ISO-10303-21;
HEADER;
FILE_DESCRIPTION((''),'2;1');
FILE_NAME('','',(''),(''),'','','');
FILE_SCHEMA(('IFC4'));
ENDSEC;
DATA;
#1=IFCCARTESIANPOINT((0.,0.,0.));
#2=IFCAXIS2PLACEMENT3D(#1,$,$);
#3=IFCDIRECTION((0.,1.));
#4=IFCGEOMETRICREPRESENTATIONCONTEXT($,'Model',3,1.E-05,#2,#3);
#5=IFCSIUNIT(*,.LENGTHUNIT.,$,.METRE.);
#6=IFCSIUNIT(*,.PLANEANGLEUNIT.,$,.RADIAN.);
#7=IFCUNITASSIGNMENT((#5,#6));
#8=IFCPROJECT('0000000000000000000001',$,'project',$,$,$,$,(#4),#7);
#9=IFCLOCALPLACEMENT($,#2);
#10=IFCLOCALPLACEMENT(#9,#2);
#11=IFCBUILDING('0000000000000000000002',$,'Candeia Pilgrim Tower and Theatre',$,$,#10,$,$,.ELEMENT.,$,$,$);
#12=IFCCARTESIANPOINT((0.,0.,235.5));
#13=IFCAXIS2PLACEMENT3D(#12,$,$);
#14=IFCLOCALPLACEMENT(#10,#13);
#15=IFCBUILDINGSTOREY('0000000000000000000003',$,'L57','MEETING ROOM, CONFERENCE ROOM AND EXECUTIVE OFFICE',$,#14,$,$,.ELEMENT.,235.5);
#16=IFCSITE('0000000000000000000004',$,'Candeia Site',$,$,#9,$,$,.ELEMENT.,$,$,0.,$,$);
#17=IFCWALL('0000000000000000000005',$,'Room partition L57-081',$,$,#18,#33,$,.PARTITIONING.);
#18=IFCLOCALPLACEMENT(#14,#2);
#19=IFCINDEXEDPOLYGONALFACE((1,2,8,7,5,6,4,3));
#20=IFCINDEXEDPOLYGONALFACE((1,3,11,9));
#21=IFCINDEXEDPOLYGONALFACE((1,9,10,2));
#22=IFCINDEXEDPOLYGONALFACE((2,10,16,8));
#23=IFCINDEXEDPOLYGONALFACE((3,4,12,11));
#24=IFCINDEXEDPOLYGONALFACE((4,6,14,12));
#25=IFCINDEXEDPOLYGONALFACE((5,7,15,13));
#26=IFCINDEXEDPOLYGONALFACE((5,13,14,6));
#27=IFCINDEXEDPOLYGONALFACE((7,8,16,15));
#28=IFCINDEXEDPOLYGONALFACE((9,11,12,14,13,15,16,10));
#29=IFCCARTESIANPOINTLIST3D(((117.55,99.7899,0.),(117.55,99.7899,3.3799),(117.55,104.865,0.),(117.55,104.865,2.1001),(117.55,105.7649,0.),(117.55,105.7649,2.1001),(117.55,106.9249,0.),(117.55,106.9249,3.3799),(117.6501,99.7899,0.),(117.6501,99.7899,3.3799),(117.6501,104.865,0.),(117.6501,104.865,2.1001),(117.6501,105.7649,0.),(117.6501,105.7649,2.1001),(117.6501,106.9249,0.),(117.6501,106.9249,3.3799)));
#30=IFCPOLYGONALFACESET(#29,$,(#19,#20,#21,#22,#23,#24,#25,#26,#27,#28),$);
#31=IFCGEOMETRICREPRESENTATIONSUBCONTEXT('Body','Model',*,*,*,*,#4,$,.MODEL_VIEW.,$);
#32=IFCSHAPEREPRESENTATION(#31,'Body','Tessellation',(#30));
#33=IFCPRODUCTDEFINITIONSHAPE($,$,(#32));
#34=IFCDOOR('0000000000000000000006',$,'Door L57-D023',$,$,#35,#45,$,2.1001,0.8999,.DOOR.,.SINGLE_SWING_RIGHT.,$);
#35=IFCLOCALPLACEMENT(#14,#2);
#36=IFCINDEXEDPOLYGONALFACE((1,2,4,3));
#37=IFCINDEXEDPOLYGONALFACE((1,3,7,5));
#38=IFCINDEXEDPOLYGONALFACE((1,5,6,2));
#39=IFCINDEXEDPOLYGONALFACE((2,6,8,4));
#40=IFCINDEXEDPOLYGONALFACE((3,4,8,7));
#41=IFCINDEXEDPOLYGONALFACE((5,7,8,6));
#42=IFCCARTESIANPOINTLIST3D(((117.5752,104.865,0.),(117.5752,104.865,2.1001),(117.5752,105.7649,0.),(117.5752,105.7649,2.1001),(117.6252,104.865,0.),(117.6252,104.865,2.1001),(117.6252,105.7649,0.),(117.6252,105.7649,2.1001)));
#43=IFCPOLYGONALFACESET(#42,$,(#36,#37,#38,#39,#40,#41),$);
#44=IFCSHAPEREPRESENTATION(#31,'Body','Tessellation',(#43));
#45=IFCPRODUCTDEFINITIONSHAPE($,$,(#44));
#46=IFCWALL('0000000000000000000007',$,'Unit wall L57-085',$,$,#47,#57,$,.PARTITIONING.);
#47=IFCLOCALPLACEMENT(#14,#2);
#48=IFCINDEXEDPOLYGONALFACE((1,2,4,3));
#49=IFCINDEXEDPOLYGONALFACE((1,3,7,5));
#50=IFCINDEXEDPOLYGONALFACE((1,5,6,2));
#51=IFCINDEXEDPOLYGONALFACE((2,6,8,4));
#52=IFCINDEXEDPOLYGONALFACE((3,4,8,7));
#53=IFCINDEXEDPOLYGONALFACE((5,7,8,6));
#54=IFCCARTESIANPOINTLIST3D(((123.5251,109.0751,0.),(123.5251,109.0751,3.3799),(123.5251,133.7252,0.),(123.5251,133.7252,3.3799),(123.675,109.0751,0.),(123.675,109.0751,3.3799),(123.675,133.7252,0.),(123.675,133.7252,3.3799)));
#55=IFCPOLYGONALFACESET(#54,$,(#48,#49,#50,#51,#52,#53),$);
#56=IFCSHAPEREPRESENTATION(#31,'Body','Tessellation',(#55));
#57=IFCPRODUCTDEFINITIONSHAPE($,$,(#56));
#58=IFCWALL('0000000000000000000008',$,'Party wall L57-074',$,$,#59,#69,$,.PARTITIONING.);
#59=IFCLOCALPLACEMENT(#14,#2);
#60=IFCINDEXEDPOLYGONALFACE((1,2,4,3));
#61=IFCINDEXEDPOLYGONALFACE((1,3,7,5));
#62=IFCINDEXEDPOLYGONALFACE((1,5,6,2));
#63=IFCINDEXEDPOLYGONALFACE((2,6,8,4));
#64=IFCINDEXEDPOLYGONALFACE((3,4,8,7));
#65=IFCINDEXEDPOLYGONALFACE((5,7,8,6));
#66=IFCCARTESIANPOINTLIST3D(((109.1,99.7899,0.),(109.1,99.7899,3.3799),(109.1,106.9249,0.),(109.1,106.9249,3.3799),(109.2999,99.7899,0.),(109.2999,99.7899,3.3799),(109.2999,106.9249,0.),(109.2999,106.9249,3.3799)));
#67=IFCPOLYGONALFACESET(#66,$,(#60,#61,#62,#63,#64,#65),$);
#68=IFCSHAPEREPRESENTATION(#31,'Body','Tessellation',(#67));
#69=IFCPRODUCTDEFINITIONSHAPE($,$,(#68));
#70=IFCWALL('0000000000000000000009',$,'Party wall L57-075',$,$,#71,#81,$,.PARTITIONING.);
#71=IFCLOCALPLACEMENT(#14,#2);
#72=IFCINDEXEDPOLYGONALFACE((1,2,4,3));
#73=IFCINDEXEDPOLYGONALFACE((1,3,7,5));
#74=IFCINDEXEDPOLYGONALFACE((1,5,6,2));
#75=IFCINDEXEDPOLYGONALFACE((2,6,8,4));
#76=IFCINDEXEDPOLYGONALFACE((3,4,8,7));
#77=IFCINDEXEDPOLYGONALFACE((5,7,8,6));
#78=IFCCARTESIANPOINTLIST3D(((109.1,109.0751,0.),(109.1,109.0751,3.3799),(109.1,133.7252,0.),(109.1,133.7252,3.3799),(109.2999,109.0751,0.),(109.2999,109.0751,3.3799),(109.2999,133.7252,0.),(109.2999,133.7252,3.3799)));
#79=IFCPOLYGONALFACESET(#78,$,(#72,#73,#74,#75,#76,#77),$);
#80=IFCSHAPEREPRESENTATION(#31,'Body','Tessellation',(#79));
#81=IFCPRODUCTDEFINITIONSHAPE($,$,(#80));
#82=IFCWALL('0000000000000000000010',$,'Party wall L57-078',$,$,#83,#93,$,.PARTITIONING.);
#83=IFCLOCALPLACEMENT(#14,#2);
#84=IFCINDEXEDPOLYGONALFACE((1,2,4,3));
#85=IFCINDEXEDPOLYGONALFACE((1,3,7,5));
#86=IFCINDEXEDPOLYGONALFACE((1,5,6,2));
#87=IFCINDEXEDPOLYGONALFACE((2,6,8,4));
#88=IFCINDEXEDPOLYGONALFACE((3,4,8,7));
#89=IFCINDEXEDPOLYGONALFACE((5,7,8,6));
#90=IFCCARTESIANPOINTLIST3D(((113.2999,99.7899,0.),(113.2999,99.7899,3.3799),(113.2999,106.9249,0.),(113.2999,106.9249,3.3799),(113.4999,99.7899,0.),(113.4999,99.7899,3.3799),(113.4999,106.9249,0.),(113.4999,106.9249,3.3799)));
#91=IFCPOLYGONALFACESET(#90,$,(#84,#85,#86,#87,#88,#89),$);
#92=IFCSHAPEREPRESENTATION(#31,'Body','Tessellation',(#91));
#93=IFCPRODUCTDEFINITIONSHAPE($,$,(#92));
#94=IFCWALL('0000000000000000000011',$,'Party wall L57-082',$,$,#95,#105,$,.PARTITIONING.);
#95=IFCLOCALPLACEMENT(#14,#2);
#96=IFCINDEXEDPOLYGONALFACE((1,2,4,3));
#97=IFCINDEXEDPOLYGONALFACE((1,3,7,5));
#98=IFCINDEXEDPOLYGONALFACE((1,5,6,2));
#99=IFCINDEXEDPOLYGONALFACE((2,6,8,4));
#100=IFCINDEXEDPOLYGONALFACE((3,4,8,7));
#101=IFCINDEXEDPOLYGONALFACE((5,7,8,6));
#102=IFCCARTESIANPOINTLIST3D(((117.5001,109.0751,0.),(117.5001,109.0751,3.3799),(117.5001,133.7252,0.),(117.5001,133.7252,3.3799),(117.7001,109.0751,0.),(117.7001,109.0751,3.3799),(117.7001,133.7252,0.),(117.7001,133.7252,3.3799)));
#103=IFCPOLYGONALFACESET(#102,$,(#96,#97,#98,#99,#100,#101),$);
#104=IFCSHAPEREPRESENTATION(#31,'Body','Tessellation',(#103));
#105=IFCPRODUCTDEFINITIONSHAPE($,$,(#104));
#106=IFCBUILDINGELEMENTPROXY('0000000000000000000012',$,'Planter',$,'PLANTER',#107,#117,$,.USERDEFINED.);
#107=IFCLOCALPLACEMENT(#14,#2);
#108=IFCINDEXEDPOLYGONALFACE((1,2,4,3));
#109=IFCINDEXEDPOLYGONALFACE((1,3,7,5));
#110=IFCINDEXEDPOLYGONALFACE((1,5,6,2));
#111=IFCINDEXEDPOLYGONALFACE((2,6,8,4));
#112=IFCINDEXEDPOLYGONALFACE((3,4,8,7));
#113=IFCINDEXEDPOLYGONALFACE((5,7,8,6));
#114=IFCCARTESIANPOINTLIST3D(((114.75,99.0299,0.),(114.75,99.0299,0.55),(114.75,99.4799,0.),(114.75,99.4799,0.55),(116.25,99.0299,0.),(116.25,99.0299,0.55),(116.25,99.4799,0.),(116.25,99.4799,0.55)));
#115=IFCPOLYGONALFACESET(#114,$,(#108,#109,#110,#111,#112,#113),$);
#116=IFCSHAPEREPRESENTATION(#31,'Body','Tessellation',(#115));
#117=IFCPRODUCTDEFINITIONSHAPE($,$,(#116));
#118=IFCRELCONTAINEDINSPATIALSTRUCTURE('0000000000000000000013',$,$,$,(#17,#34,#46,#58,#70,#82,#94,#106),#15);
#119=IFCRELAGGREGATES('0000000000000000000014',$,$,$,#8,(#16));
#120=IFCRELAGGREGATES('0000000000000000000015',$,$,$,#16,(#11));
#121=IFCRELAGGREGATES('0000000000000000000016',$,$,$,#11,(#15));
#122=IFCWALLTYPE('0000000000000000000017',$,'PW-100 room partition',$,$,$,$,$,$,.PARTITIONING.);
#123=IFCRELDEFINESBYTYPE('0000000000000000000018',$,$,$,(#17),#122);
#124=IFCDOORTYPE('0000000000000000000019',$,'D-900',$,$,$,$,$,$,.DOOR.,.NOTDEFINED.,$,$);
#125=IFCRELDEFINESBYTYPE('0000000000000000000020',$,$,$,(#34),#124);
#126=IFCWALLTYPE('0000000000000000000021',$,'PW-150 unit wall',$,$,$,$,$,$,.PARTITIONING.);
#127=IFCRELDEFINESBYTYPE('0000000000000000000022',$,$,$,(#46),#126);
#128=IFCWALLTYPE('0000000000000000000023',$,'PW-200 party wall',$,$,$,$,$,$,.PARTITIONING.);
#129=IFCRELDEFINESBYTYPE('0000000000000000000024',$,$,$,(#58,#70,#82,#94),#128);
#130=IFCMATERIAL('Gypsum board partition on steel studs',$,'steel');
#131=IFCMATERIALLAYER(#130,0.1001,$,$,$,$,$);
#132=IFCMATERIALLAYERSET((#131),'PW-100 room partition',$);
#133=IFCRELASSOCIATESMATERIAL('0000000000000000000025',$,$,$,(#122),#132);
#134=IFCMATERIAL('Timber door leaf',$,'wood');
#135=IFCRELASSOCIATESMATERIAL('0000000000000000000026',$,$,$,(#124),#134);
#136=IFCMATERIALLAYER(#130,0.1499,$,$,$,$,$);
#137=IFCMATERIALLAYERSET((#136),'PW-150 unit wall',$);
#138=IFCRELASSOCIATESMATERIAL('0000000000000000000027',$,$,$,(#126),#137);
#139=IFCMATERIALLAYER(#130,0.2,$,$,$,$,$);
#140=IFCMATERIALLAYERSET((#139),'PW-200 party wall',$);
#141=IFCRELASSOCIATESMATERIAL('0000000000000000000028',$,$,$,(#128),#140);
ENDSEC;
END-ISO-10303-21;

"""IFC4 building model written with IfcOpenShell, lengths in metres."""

from ifc_helpers import new_model, si_unit, direction, frame, frame_2d, origin, origin_2d, place, context, subcontext, project, spatial, rectangle, extrude, material, layer, layer_set, type_object, element, fill, save


model = new_model("IFC4")

# Units and contexts
model_context = context("Model", 3, precision=1e-05, world=origin(), true_north=direction((0.0, 1.0)))
body_context = subcontext(model_context, "Body", "Model", "MODEL_VIEW")
ifc_project = project(units=[si_unit("LENGTHUNIT", "METRE"), si_unit("PLANEANGLEUNIT", "RADIAN")], contexts=[model_context])

# Site, building, storey
site_placement = place(None, origin())
site = spatial("IfcSite", under=ifc_project, at=site_placement, Name="Candeia Site", CompositionType="ELEMENT", RefElevation=0.0)
building_placement = place(site_placement, origin())
building = spatial("IfcBuilding", under=site, at=building_placement, Name="Candeia Pilgrim Tower and Theatre", CompositionType="ELEMENT")
storey_placement = place(building_placement, frame((0.0, 0.0, 235.5)))
storey = spatial("IfcBuildingStorey", under=building, at=storey_placement, Name="L57", Description="MEETING ROOM, CONFERENCE ROOM AND EXECUTIVE OFFICE", CompositionType="ELEMENT", Elevation=235.5)

# Shared definitions
ifc_material_1 = material(Name="Gypsum board partition on steel studs", Category="steel")
ifc_layer_1 = layer(ifc_material_1, 0.1001)
ifc_layer_set_1 = layer_set([ifc_layer_1], Name="PW-100 room partition")
wall_type_1 = type_object("IfcWallType", Name="PW-100 room partition", PredefinedType="PARTITIONING", material=ifc_layer_set_1)

# Wall, opening, door
ifc_material_2 = material(Name="Timber door leaf", Category="wood")
door_type_1 = type_object("IfcDoorType", Name="D-900", OperationType="NOTDEFINED", PredefinedType="DOOR", material=ifc_material_2)
wall_1_placement = place(storey_placement, frame((117.6001, 99.79, 0.0), z_axis=(0.0, 0.0, 1.0), x_axis=(0.0, 1.0, 0.0)))
wall_1 = element("IfcWall", 1, at=wall_1_placement, inside=storey, type_object=wall_type_1, Name="Room partition L57-081", PredefinedType="PARTITIONING", context=body_context, shape_type="SweptSolid", body=[
    extrude(rectangle(XDim=7.135, YDim=0.1001, at=frame_2d((3.5674, 0.0))), origin(), (0.0, 0.0, 1.0), 3.3799),
])
opening_1_placement = place(wall_1_placement, frame((5.075, 0.0, 0.0)))
opening_1 = element("IfcOpeningElement", 2, at=opening_1_placement, cuts=wall_1, PredefinedType="OPENING", context=body_context, shape_type="SweptSolid", body=[
    extrude(rectangle(XDim=0.8999, YDim=2.1001, at=frame_2d((0.45, 1.05))), frame((0.0, 0.0601, 0.0), z_axis=(0.0, -1.0, 0.0), x_axis=(1.0, 0.0, 0.0)), (0.0, 0.0, 1.0), 0.1201),
])
door_1_placement = place(opening_1_placement, origin())
door_1 = element("IfcDoor", 3, at=door_1_placement, inside=storey, type_object=door_type_1, Name="Door L57-D023", OperationType="SINGLE_SWING_RIGHT", OverallHeight=2.1001, OverallWidth=0.8999, PredefinedType="DOOR", context=body_context, shape_type="SweptSolid", body=[
    extrude(rectangle(XDim=0.8999, YDim=2.1001, at=frame_2d((0.45, 1.05))), frame((0.0, 0.0249, 0.0), z_axis=(0.0, -1.0, 0.0), x_axis=(1.0, 0.0, 0.0)), (0.0, 0.0, 1.0), 0.05),
])
fill(opening_1, door_1)

# Walls
ifc_layer_2 = layer(ifc_material_1, 0.1499)
ifc_layer_set_2 = layer_set([ifc_layer_2], Name="PW-150 unit wall")
wall_type_2 = type_object("IfcWallType", Name="PW-150 unit wall", PredefinedType="PARTITIONING", material=ifc_layer_set_2)
wall_2_placement = place(storey_placement, frame((123.6001, 109.075, 0.0), z_axis=(0.0, 0.0, 1.0), x_axis=(0.0, 1.0, 0.0)))
element("IfcWall", 4, at=wall_2_placement, inside=storey, type_object=wall_type_2, Name="Unit wall L57-085", PredefinedType="PARTITIONING", context=body_context, shape_type="SweptSolid", body=[
    extrude(rectangle(XDim=24.6501, YDim=0.1499, at=frame_2d((12.3252, 0.0))), origin(), (0.0, 0.0, 1.0), 3.3799),
])
ifc_layer_3 = layer(ifc_material_1, 0.2)
ifc_layer_set_3 = layer_set([ifc_layer_3], Name="PW-200 party wall")
wall_type_3 = type_object("IfcWallType", Name="PW-200 party wall", PredefinedType="PARTITIONING", material=ifc_layer_set_3)
wall_3_placement = place(storey_placement, frame((109.2, 99.79, 0.0), z_axis=(0.0, 0.0, 1.0), x_axis=(0.0, 1.0, 0.0)))
element("IfcWall", 5, at=wall_3_placement, inside=storey, type_object=wall_type_3, Name="Party wall L57-074", PredefinedType="PARTITIONING", context=body_context, shape_type="SweptSolid", body=[
    extrude(rectangle(XDim=7.135, YDim=0.2, at=frame_2d((3.5674, 0.0))), origin(), (0.0, 0.0, 1.0), 3.3799),
])
wall_4_placement = place(storey_placement, frame((109.2, 109.075, 0.0), z_axis=(0.0, 0.0, 1.0), x_axis=(0.0, 1.0, 0.0)))
element("IfcWall", 6, at=wall_4_placement, inside=storey, type_object=wall_type_3, Name="Party wall L57-075", PredefinedType="PARTITIONING", context=body_context, shape_type="SweptSolid", body=[
    extrude(rectangle(XDim=24.6501, YDim=0.2, at=frame_2d((12.3252, 0.0))), origin(), (0.0, 0.0, 1.0), 3.3799),
])
wall_5_placement = place(storey_placement, frame((113.3999, 99.79, 0.0), z_axis=(0.0, 0.0, 1.0), x_axis=(0.0, 1.0, 0.0)))
element("IfcWall", 7, at=wall_5_placement, inside=storey, type_object=wall_type_3, Name="Party wall L57-078", PredefinedType="PARTITIONING", context=body_context, shape_type="SweptSolid", body=[
    extrude(rectangle(XDim=7.135, YDim=0.2, at=frame_2d((3.5674, 0.0))), origin(), (0.0, 0.0, 1.0), 3.3799),
])
wall_6_placement = place(storey_placement, frame((117.6001, 109.075, 0.0), z_axis=(0.0, 0.0, 1.0), x_axis=(0.0, 1.0, 0.0)))
element("IfcWall", 8, at=wall_6_placement, inside=storey, type_object=wall_type_3, Name="Party wall L57-082", PredefinedType="PARTITIONING", context=body_context, shape_type="SweptSolid", body=[
    extrude(rectangle(XDim=24.6501, YDim=0.2, at=frame_2d((12.3252, 0.0))), origin(), (0.0, 0.0, 1.0), 3.3799),
])

# Building element proxy
proxy_placement = place(storey_placement, frame((115.5, 99.2549, 0.0), z_axis=(0.0, 0.0, 1.0), x_axis=(1.0, 0.0, 0.0)))
element("IfcBuildingElementProxy", 9, at=proxy_placement, inside=storey, Name="Planter", ObjectType="PLANTER", PredefinedType="USERDEFINED", context=body_context, shape_type="SweptSolid", body=[
    extrude(rectangle(XDim=1.5, YDim=0.45, at=origin_2d()), origin(), (0.0, 0.0, 1.0), 0.55),
])

save(model, "model.ifc")
